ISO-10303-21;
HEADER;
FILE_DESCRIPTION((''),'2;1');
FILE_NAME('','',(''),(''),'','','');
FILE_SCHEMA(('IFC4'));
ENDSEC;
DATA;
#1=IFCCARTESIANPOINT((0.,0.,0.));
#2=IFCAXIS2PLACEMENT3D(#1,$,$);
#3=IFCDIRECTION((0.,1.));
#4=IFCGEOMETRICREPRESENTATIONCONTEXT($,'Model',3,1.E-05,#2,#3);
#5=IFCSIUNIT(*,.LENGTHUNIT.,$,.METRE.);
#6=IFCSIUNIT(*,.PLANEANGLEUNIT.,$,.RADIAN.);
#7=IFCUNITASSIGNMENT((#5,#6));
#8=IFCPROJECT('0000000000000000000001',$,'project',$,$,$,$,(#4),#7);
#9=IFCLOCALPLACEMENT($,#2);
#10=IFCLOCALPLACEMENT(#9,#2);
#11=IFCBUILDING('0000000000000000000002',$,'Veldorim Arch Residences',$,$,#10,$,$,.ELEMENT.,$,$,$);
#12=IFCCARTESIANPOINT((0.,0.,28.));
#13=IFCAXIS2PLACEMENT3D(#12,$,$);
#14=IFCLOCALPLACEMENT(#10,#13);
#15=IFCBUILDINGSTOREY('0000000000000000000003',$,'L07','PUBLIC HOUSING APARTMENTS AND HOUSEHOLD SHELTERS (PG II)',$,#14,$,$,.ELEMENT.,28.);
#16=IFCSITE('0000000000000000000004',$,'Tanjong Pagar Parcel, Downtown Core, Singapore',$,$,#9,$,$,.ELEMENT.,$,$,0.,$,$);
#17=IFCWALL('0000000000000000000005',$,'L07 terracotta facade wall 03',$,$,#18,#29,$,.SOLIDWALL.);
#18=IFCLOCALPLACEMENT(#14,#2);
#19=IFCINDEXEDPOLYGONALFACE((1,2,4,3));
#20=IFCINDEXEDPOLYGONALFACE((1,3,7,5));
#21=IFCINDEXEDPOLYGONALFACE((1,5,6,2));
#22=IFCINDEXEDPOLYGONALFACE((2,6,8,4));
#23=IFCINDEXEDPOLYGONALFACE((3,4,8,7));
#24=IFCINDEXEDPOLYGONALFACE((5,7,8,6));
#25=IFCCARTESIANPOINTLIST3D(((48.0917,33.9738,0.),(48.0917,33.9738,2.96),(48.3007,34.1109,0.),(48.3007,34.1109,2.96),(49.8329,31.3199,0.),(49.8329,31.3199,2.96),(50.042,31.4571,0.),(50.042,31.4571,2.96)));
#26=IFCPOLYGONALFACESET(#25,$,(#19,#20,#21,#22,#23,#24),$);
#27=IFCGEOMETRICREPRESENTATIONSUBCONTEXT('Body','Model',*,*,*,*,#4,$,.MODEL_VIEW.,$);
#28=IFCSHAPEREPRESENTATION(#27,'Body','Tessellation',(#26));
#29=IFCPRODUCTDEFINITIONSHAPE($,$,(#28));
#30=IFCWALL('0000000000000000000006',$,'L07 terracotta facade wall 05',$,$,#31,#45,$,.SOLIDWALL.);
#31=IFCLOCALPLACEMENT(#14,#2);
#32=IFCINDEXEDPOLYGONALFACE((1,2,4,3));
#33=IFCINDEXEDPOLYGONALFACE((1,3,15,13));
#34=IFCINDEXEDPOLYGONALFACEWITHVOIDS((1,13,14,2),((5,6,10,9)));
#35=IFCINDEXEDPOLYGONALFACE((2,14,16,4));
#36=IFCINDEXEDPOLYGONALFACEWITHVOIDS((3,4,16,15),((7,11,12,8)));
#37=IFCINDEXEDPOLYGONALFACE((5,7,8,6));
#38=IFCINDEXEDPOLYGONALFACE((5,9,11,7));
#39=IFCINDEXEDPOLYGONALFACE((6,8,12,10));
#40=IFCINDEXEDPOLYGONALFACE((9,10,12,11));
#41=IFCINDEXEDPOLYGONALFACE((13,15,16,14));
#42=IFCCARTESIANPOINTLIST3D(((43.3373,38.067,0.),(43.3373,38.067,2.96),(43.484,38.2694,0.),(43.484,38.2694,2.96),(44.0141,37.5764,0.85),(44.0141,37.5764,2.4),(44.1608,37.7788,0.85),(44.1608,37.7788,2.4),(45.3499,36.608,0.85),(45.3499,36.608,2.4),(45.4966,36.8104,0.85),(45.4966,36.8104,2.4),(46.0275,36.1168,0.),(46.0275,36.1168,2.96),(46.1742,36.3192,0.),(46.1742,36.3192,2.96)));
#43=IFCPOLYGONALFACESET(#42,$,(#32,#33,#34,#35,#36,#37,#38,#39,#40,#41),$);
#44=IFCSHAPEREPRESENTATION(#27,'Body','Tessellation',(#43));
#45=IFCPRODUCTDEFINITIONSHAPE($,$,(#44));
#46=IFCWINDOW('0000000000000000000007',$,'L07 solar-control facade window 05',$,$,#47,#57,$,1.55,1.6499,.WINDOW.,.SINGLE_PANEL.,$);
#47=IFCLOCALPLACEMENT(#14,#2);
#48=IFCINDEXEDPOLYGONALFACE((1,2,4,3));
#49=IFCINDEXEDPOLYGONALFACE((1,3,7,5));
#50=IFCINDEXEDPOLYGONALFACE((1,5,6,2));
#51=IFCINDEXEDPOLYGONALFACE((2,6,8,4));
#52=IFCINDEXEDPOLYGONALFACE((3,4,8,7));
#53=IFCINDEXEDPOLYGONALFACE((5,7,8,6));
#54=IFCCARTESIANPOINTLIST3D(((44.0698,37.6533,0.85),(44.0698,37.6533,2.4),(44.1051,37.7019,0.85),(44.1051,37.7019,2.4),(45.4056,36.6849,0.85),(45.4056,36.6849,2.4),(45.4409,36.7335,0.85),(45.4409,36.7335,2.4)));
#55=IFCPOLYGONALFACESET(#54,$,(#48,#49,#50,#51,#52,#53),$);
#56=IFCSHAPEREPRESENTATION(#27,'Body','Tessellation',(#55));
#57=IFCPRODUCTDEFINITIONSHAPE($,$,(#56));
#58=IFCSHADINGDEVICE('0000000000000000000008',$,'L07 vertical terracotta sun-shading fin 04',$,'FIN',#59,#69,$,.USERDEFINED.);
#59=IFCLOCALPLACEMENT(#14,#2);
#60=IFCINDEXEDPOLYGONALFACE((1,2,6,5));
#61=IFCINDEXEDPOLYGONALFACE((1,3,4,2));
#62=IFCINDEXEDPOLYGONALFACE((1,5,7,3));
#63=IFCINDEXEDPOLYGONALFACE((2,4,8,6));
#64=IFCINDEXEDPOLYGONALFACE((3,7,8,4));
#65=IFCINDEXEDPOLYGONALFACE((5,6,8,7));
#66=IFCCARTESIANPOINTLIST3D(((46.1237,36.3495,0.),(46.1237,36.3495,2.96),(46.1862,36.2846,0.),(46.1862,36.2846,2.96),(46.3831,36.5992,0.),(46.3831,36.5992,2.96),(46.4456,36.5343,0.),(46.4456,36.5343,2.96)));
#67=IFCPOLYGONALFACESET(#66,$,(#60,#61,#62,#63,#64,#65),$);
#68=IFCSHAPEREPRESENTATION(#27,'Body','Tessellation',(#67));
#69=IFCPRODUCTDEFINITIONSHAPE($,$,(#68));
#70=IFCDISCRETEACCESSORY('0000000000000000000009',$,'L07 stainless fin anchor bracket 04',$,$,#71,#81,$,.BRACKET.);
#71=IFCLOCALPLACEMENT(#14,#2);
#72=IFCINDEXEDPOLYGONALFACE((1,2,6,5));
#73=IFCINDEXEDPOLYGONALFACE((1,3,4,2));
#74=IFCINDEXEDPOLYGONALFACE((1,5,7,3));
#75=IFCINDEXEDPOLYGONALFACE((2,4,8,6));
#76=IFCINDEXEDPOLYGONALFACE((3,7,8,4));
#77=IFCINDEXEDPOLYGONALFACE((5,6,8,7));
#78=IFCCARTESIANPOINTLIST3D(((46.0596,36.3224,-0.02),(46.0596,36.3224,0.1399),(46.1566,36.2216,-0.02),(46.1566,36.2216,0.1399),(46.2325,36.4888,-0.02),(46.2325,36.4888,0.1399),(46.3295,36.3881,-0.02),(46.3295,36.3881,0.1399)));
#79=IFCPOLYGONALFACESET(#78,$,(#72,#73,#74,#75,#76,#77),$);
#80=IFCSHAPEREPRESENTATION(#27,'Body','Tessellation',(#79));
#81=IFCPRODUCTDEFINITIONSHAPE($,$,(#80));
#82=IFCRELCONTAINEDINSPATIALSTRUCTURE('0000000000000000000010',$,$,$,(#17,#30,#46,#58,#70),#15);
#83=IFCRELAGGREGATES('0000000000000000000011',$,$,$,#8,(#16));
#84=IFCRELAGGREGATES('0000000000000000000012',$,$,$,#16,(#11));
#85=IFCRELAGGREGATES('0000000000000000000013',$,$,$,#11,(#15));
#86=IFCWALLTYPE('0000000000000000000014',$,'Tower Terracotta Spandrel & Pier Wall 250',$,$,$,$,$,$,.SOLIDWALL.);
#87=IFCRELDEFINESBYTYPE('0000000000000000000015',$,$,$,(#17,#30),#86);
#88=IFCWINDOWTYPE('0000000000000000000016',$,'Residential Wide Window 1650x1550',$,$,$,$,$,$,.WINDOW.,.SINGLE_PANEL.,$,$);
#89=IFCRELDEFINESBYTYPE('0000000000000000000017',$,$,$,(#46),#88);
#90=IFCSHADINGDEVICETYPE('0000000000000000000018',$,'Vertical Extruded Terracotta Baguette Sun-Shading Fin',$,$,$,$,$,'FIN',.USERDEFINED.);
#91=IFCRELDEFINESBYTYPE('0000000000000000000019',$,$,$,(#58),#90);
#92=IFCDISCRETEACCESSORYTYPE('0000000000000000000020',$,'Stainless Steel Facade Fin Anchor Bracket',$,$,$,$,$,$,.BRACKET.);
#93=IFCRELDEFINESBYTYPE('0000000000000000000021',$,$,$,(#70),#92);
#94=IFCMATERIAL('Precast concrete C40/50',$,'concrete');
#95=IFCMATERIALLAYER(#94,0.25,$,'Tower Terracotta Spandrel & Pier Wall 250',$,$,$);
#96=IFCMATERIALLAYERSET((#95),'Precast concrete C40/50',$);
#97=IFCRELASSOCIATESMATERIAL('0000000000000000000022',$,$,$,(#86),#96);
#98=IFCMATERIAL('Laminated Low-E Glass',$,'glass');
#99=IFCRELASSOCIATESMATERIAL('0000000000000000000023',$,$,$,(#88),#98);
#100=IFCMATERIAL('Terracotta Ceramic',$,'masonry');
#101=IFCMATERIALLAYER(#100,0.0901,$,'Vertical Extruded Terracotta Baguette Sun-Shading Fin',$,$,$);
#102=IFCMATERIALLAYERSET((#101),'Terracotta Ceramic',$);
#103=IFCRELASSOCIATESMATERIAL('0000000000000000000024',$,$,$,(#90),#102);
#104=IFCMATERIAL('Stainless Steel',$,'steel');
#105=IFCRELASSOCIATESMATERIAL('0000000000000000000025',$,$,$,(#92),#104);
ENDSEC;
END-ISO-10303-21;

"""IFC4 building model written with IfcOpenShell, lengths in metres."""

from ifc_helpers import new_model, si_unit, direction, frame, frame_2d, origin, origin_2d, place, context, subcontext, project, spatial, rectangle, extrude, material, layer, layer_set, type_object, element, fill, save


model = new_model("IFC4")

# Units and contexts
model_context = context("Model", 3, precision=1e-05, world=origin(), true_north=direction((0.0, 1.0)))
body_context = subcontext(model_context, "Body", "Model", "MODEL_VIEW")
ifc_project = project(units=[si_unit("LENGTHUNIT", "METRE"), si_unit("PLANEANGLEUNIT", "RADIAN")], contexts=[model_context])

# Site, building, storey
site_placement = place(None, origin())
site = spatial("IfcSite", under=ifc_project, at=site_placement, Name="Tanjong Pagar Parcel, Downtown Core, Singapore", CompositionType="ELEMENT", RefElevation=0.0)
building_placement = place(site_placement, origin())
building = spatial("IfcBuilding", under=site, at=building_placement, Name="Veldorim Arch Residences", CompositionType="ELEMENT")
storey_placement = place(building_placement, frame((0.0, 0.0, 28.0)))
storey = spatial("IfcBuildingStorey", under=building, at=storey_placement, Name="L07", Description="PUBLIC HOUSING APARTMENTS AND HOUSEHOLD SHELTERS (PG II)", CompositionType="ELEMENT", Elevation=28.0)

# Wall
ifc_material_1 = material(Name="Precast concrete C40/50", Category="concrete")
ifc_layer_1 = layer(ifc_material_1, 0.25, Name="Tower Terracotta Spandrel & Pier Wall 250")
ifc_layer_set_1 = layer_set([ifc_layer_1], Name="Precast concrete C40/50")
wall_type_1 = type_object("IfcWallType", Name="Tower Terracotta Spandrel & Pier Wall 250", PredefinedType="SOLIDWALL", material=ifc_layer_set_1)
wall_1_placement = place(storey_placement, frame((48.1963, 34.0422, 0.0), z_axis=(0.0, 0.0, 1.0), x_axis=(0.548579, -0.836099, 0.0)))
element("IfcWall", 1, at=wall_1_placement, inside=storey, type_object=wall_type_1, Name="L07 terracotta facade wall 03", PredefinedType="SOLIDWALL", context=body_context, shape_type="SweptSolid", body=[
    extrude(rectangle(XDim=3.1741, YDim=0.25, at=frame_2d((1.5869, 0.0))), origin(), (0.0, 0.0, 1.0), 2.96),
])

# Wall, opening, window
wall_2_placement = place(storey_placement, frame((43.4106, 38.1682, 0.0), z_axis=(0.0, 0.0, 1.0), x_axis=(0.809638, -0.58693, 0.0)))
wall_2 = element("IfcWall", 2, at=wall_2_placement, inside=storey, type_object=wall_type_1, Name="L07 terracotta facade wall 05", PredefinedType="SOLIDWALL", context=body_context, shape_type="SweptSolid", body=[
    extrude(rectangle(XDim=3.3228, YDim=0.25, at=frame_2d((1.6614, 0.0))), origin(), (0.0, 0.0, 1.0), 2.96),
])
opening_1_placement = place(wall_2_placement, frame((0.8359, 0.0, 0.8501)))
opening_1 = element("IfcOpeningElement", 3, at=opening_1_placement, cuts=wall_2, PredefinedType="OPENING", context=body_context, shape_type="SweptSolid", body=[
    extrude(rectangle(XDim=1.6499, YDim=1.55, at=frame_2d((0.825, 0.7749))), frame((0.0, 0.135, 0.0), z_axis=(0.0, -1.0, 0.0), x_axis=(1.0, 0.0, 0.0)), (0.0, 0.0, 1.0), 0.27),
])
ifc_material_2 = material(Name="Laminated Low-E Glass", Category="glass")
window_type = type_object("IfcWindowType", Name="Residential Wide Window 1650x1550", PartitioningType="SINGLE_PANEL", PredefinedType="WINDOW", material=ifc_material_2)
window_placement = place(opening_1_placement, origin())
window = element("IfcWindow", 4, at=window_placement, inside=storey, type_object=window_type, Name="L07 solar-control facade window 05", OverallHeight=1.55, OverallWidth=1.6499, PartitioningType="SINGLE_PANEL", PredefinedType="WINDOW", context=body_context, shape_type="SweptSolid", body=[
    extrude(rectangle(XDim=1.6499, YDim=1.55, at=frame_2d((0.825, 0.7749))), frame((0.0, 0.03, 0.0), z_axis=(0.0, -1.0, 0.0), x_axis=(1.0, 0.0, 0.0)), (0.0, 0.0, 1.0), 0.0601),
])
fill(opening_1, window)

# Shading device
ifc_material_3 = material(Name="Terracotta Ceramic", Category="masonry")
ifc_layer_2 = layer(ifc_material_3, 0.0901, Name="Vertical Extruded Terracotta Baguette Sun-Shading Fin")
ifc_layer_set_2 = layer_set([ifc_layer_2], Name="Terracotta Ceramic")
shading_device_type = type_object("IfcShadingDeviceType", Name="Vertical Extruded Terracotta Baguette Sun-Shading Fin", ElementType="FIN", PredefinedType="USERDEFINED", material=ifc_layer_set_2)
shading_device_placement = place(storey_placement, frame((46.2847, 36.4419, 0.0), z_axis=(0.0, 0.0, 1.0), x_axis=(0.693528, -0.72043, 0.0)))
element("IfcShadingDevice", 5, at=shading_device_placement, inside=storey, type_object=shading_device_type, Name="L07 vertical terracotta sun-shading fin 04", ObjectType="FIN", PredefinedType="USERDEFINED", context=body_context, shape_type="SweptSolid", body=[
    extrude(rectangle(XDim=0.0901, YDim=0.3601, at=origin_2d()), origin(), (0.0, 0.0, 1.0), 2.96),
])

# Discrete accessory
ifc_material_4 = material(Name="Stainless Steel", Category="steel")
discrete_accessory_type = type_object("IfcDiscreteAccessoryType", Name="Stainless Steel Facade Fin Anchor Bracket", PredefinedType="BRACKET", material=ifc_material_4)
discrete_accessory_placement = place(storey_placement, frame((46.1946, 36.3552, -0.02), z_axis=(0.0, 0.0, 1.0), x_axis=(0.693528, -0.72043, 0.0)))
element("IfcDiscreteAccessory", 6, at=discrete_accessory_placement, inside=storey, type_object=discrete_accessory_type, Name="L07 stainless fin anchor bracket 04", PredefinedType="BRACKET", context=body_context, shape_type="SweptSolid", body=[
    extrude(rectangle(XDim=0.1399, YDim=0.24, at=origin_2d()), origin(), (0.0, 0.0, 1.0), 0.1599),
])

save(model, "model.ifc")
